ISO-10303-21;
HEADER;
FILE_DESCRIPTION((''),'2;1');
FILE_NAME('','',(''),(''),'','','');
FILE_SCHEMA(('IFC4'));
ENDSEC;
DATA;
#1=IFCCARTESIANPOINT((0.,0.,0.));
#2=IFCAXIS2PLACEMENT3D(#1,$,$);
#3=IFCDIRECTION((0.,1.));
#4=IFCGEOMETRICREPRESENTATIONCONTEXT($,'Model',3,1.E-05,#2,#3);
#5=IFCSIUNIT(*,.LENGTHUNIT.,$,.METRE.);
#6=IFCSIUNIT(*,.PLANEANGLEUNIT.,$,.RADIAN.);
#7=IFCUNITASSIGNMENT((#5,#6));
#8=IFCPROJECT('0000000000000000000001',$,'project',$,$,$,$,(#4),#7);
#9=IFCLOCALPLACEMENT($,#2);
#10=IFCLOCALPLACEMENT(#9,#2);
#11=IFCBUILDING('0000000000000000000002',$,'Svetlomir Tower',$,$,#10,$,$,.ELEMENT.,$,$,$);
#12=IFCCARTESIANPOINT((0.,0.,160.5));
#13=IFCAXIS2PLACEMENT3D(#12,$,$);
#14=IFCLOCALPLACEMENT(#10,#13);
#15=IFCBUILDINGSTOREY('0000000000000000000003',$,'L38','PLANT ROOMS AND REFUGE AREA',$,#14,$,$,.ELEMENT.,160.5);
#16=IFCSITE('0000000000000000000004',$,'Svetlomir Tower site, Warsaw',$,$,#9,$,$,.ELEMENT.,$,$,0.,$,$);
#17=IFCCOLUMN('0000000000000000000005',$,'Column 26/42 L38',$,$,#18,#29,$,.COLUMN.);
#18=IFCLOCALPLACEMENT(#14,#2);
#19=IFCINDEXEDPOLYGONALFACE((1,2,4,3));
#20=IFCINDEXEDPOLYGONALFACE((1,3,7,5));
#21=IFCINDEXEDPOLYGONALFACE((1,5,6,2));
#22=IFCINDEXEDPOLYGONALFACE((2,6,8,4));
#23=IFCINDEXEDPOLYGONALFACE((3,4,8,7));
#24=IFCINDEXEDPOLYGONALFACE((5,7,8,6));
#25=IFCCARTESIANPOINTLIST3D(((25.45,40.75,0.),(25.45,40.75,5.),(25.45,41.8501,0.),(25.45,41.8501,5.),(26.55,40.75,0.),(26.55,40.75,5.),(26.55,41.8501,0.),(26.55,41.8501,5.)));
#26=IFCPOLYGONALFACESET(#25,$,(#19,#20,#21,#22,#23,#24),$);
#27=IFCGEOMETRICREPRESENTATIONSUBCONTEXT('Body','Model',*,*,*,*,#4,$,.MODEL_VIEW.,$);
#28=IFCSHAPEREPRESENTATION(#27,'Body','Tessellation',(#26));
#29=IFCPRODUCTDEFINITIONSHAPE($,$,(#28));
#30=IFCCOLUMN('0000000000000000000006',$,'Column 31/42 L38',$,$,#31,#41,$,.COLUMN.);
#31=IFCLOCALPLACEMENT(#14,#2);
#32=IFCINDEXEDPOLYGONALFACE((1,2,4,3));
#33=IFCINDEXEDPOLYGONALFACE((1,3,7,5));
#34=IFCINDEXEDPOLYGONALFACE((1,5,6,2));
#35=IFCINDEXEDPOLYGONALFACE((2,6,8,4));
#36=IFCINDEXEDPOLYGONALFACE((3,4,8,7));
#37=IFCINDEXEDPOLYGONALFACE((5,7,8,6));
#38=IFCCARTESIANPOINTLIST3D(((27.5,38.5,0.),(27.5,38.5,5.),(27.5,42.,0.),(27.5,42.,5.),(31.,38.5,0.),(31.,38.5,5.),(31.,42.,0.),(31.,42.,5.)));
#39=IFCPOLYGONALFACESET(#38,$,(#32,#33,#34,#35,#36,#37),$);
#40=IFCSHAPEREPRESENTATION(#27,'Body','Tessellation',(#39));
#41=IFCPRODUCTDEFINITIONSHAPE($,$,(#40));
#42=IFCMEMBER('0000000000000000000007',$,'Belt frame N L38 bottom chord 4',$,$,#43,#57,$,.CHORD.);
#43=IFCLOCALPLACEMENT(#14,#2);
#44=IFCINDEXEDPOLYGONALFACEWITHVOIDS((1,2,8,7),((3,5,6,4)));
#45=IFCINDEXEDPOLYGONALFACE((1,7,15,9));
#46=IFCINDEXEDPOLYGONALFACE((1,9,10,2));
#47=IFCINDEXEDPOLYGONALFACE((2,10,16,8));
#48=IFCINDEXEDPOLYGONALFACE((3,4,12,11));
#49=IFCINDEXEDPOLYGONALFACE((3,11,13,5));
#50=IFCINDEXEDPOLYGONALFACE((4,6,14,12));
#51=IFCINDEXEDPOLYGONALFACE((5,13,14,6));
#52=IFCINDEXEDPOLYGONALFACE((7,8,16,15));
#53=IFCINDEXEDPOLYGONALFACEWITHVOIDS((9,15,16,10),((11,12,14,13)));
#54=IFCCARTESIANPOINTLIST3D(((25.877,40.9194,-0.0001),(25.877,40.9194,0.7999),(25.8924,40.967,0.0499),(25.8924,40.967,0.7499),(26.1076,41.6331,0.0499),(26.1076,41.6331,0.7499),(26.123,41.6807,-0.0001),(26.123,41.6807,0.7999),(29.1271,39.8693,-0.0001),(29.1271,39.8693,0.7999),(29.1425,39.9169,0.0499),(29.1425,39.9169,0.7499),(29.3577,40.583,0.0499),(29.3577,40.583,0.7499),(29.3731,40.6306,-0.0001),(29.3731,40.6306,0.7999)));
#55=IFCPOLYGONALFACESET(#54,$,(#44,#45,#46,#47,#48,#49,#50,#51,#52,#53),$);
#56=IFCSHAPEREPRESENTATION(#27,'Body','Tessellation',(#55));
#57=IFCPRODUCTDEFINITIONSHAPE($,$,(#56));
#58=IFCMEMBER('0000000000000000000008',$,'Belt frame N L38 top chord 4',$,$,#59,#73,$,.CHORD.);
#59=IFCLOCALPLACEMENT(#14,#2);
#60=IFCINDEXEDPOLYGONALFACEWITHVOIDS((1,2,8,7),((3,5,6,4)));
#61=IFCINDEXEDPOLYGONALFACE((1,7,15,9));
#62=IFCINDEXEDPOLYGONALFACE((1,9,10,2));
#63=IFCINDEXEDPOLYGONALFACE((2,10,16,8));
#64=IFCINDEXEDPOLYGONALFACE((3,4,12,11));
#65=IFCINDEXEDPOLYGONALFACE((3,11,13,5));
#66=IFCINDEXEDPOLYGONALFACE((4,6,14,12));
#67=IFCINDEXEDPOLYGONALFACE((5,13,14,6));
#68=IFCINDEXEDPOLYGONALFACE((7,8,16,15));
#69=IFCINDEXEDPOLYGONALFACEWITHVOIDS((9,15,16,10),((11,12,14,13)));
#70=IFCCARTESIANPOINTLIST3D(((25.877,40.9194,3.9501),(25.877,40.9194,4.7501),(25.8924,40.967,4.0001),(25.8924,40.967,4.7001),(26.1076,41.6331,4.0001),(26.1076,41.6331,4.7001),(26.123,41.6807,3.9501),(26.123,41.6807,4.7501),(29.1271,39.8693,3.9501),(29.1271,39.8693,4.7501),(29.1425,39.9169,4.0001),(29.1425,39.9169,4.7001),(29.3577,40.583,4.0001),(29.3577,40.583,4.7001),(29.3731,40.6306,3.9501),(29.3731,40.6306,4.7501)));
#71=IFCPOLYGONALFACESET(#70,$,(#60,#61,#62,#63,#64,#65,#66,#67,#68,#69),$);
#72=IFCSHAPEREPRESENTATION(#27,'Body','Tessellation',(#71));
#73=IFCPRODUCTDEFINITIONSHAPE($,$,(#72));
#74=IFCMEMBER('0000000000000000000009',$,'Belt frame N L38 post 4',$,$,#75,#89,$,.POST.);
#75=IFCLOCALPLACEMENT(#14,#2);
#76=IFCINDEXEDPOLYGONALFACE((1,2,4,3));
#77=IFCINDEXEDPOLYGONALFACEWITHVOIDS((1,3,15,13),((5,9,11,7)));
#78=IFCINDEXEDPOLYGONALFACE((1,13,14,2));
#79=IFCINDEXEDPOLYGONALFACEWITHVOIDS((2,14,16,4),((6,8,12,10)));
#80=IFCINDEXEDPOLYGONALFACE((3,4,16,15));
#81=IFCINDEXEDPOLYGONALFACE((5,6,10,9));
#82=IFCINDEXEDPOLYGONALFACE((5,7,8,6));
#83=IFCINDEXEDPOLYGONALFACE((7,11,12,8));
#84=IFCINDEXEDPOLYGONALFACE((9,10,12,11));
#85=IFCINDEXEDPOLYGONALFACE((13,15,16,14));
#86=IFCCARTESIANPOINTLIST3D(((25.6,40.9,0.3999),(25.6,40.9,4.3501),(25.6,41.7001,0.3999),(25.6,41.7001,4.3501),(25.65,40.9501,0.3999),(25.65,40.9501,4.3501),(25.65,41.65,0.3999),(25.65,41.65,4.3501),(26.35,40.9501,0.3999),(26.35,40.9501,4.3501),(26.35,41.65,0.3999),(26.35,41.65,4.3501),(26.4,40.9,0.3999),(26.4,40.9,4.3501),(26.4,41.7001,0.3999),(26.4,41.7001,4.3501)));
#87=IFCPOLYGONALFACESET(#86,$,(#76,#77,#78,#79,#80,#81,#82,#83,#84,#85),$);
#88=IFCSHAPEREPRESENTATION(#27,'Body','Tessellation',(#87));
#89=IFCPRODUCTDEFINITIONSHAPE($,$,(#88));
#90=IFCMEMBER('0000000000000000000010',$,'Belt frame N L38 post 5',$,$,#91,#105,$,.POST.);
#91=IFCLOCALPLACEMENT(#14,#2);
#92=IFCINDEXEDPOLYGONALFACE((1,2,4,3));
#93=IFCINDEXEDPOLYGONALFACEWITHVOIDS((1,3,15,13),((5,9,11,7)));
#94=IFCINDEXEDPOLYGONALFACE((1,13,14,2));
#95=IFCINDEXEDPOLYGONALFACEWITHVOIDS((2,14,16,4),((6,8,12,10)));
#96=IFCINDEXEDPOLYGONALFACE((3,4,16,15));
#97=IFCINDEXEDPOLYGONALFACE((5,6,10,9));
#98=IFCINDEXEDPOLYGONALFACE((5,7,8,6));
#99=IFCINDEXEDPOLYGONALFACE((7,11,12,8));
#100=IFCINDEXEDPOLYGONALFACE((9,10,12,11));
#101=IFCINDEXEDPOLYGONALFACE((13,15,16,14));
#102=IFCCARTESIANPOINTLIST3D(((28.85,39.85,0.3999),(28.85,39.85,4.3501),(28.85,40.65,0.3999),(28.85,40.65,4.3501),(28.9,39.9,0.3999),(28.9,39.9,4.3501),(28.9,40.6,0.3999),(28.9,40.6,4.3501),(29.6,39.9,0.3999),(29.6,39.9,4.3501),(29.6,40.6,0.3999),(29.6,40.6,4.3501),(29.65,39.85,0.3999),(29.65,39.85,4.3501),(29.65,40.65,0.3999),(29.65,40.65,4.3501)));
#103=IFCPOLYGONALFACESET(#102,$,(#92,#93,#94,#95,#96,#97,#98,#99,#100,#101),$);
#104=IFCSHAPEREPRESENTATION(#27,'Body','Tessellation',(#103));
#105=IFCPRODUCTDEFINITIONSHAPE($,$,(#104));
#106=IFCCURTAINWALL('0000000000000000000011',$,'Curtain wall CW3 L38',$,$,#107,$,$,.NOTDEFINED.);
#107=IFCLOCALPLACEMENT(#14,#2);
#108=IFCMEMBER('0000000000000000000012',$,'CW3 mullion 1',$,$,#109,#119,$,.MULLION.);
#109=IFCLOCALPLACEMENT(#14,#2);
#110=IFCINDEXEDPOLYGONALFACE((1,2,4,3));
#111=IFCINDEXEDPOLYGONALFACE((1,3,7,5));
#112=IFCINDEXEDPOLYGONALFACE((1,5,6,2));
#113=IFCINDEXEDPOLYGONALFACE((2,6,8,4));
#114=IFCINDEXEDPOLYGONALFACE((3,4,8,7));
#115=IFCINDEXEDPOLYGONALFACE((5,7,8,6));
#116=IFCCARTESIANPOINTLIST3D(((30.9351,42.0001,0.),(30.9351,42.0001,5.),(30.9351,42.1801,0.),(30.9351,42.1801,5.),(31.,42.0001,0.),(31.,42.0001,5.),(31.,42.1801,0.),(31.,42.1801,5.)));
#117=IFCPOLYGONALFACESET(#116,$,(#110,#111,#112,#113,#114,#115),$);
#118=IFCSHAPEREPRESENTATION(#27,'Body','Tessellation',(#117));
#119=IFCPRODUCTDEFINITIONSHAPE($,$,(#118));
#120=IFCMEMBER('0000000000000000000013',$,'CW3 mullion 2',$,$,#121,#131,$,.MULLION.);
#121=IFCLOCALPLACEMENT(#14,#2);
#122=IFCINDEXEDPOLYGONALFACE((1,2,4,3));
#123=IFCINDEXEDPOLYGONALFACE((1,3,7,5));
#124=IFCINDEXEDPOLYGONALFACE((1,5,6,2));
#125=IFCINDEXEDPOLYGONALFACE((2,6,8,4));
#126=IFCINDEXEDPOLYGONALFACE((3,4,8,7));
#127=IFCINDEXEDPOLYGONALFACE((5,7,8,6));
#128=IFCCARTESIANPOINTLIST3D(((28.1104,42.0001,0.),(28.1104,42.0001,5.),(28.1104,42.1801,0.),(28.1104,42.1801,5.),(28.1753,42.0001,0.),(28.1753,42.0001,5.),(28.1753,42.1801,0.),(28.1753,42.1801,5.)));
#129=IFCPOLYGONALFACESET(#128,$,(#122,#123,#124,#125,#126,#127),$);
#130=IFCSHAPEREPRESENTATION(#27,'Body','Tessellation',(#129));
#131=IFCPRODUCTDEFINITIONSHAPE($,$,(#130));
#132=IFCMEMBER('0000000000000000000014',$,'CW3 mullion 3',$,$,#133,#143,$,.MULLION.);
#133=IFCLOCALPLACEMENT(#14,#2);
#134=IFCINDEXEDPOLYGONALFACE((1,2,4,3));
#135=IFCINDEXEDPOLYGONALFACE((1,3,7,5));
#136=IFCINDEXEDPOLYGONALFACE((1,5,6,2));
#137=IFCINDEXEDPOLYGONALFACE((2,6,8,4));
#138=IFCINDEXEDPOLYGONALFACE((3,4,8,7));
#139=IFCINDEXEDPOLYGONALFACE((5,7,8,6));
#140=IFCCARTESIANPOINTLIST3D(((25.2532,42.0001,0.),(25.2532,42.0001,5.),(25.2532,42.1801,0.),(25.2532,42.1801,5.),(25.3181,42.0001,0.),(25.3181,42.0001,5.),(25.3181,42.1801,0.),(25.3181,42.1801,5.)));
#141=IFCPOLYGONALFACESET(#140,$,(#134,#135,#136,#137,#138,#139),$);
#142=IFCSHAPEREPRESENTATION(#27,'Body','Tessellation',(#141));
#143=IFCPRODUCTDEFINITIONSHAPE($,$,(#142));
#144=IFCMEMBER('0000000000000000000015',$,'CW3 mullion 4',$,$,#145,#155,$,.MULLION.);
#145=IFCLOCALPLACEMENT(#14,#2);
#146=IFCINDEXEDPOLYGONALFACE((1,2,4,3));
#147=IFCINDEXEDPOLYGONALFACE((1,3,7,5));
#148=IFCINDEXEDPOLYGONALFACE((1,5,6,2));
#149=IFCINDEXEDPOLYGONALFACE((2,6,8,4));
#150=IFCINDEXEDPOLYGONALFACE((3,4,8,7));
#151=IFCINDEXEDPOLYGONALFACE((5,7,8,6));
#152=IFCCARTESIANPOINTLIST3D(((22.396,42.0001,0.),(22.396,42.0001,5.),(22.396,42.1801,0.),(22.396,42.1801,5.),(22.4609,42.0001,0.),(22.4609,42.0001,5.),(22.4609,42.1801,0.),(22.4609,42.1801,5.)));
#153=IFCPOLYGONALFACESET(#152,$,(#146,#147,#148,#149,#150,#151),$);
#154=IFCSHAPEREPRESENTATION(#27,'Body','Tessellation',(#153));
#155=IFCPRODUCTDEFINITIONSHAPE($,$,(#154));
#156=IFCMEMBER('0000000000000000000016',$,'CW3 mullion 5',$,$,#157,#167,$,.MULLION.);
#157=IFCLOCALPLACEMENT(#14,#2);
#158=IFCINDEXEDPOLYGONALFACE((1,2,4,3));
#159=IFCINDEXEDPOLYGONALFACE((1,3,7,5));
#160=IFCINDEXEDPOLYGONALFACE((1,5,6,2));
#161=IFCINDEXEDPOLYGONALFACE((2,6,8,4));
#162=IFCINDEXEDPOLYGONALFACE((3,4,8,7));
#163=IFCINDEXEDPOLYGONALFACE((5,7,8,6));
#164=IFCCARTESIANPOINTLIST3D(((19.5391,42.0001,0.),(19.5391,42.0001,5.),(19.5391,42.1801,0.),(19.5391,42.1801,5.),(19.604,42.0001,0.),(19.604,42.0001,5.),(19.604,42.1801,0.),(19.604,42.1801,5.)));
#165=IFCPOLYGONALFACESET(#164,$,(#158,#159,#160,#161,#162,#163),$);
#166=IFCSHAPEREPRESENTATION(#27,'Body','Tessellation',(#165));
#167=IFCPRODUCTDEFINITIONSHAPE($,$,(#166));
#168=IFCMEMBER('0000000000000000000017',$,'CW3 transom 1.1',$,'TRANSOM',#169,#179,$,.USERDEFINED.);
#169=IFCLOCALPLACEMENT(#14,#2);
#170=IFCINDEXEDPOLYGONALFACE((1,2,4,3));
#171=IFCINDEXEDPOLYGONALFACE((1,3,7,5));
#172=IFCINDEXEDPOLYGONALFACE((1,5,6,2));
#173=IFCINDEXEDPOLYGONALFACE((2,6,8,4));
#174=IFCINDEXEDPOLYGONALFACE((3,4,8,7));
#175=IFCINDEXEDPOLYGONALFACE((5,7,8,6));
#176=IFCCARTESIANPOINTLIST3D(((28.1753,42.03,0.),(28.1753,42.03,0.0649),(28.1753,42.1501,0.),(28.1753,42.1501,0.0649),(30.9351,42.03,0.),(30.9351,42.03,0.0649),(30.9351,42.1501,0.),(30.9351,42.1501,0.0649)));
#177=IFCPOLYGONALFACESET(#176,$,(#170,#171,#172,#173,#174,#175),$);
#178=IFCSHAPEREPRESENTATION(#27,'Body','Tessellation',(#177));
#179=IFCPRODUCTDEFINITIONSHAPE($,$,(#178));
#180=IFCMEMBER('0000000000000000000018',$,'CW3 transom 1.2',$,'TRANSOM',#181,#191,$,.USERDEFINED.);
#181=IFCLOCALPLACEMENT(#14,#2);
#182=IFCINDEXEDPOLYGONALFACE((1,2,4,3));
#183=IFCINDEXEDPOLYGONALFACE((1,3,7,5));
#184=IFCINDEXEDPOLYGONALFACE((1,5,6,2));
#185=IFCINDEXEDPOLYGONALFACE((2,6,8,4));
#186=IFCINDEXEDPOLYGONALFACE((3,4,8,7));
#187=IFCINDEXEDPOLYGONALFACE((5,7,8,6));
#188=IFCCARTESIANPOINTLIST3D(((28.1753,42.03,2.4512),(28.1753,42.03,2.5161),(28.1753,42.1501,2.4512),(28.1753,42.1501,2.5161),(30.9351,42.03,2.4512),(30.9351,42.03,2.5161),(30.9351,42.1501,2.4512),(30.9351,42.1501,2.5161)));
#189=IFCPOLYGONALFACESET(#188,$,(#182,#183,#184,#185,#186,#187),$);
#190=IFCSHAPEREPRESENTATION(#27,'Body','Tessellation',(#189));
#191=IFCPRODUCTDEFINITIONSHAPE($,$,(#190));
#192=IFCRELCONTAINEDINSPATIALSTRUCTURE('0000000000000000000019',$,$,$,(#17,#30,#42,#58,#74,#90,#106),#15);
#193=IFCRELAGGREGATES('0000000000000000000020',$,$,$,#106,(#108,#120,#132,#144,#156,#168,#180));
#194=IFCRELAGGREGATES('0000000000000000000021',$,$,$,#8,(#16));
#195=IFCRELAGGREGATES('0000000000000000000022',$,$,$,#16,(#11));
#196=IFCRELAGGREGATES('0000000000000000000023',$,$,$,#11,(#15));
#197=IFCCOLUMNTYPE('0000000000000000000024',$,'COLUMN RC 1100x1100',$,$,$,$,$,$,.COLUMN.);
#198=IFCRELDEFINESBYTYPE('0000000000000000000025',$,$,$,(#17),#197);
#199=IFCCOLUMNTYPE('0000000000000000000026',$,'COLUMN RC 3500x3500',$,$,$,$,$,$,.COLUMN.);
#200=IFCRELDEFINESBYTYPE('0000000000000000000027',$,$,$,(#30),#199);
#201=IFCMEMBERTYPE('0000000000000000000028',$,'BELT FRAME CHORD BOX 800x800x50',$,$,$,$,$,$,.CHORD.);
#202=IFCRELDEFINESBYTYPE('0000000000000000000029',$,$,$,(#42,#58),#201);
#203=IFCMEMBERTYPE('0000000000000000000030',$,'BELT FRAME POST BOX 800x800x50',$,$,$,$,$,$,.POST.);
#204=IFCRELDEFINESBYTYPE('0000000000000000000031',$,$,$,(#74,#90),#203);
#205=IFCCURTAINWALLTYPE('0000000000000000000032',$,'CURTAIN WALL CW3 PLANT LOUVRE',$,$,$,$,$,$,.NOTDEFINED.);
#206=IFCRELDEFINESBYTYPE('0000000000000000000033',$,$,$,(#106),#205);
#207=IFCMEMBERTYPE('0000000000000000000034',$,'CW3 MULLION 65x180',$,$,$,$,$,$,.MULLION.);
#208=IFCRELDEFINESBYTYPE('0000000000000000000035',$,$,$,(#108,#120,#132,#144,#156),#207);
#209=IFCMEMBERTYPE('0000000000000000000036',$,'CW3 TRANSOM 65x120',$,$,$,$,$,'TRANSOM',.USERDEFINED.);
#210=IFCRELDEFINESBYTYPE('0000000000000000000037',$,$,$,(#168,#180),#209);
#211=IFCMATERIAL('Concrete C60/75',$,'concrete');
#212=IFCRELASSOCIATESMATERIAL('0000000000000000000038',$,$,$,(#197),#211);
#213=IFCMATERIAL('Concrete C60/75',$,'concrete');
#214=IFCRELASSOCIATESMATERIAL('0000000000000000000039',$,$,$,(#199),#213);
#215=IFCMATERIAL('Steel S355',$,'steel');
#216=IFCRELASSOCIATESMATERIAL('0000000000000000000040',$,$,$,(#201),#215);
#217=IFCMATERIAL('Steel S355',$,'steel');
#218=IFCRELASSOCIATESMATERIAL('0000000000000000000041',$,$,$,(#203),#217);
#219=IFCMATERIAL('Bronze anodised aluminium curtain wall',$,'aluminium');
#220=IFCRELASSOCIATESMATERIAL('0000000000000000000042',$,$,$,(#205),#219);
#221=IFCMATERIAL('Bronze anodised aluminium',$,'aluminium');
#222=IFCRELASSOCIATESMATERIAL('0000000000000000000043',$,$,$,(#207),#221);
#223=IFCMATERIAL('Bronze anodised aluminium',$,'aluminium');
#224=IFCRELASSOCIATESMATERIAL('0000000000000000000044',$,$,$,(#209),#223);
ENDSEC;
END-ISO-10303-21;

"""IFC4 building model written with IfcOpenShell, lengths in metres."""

from ifc_helpers import new_model, si_unit, direction, frame, origin, origin_2d, place, context, subcontext, project, spatial, rectangle, hollow_rectangle, extrude, material, material_profile, profile_set, type_object, element, aggregate, save


model = new_model("IFC4")

# Units and contexts
model_context = context("Model", 3, precision=1e-05, world=origin(), true_north=direction((0.0, 1.0)))
body_context = subcontext(model_context, "Body", "Model", "MODEL_VIEW")
ifc_project = project(units=[si_unit("LENGTHUNIT", "METRE"), si_unit("PLANEANGLEUNIT", "RADIAN")], contexts=[model_context])

# Site, building, storey
site_placement = place(None, origin())
site = spatial("IfcSite", under=ifc_project, at=site_placement, Name="Svetlomir Tower site, Warsaw", CompositionType="ELEMENT", RefElevation=0.0)
building_placement = place(site_placement, origin())
building = spatial("IfcBuilding", under=site, at=building_placement, Name="Svetlomir Tower", CompositionType="ELEMENT")
storey_placement = place(building_placement, frame((0.0, 0.0, 160.5)))
storey = spatial("IfcBuildingStorey", under=building, at=storey_placement, Name="L38", Description="PLANT ROOMS AND REFUGE AREA", CompositionType="ELEMENT", Elevation=160.5)

# Columns
ifc_material_1 = material(Name="Concrete C60/75", Category="concrete")
ifc_material_profile_1 = material_profile(ifc_material_1, rectangle(XDim=1.1001, YDim=1.1001, at=origin_2d()), Name="RC 1100x1100")
ifc_profile_set_1 = profile_set([ifc_material_profile_1], Name="Concrete C60/75")
column_type_1 = type_object("IfcColumnType", Name="COLUMN RC 1100x1100", PredefinedType="COLUMN", material=ifc_profile_set_1)
column_1_placement = place(storey_placement, frame((26.0, 41.3, 0.0), z_axis=(0.0, 0.0, 1.0), x_axis=(1.0, 0.0, 0.0)))
element("IfcColumn", 1, at=column_1_placement, inside=storey, type_object=column_type_1, Name="Column 26/42 L38", PredefinedType="COLUMN", context=body_context, shape_type="SweptSolid", body=[
    extrude(rectangle(XDim=1.1001, YDim=1.1001, at=origin_2d()), origin(), (0.0, 0.0, 1.0), 5.0),
])
ifc_material_2 = material(Name="Concrete C60/75", Category="concrete")
ifc_material_profile_2 = material_profile(ifc_material_2, rectangle(XDim=3.5, YDim=3.5, at=origin_2d()), Name="RC 3500x3500")
ifc_profile_set_2 = profile_set([ifc_material_profile_2], Name="Concrete C60/75")
column_type_2 = type_object("IfcColumnType", Name="COLUMN RC 3500x3500", PredefinedType="COLUMN", material=ifc_profile_set_2)
column_2_placement = place(storey_placement, frame((29.25, 40.25, 0.0), z_axis=(0.0, 0.0, 1.0), x_axis=(1.0, 0.0, 0.0)))
element("IfcColumn", 2, at=column_2_placement, inside=storey, type_object=column_type_2, Name="Column 31/42 L38", PredefinedType="COLUMN", context=body_context, shape_type="SweptSolid", body=[
    extrude(rectangle(XDim=3.5, YDim=3.5, at=origin_2d()), origin(), (0.0, 0.0, 1.0), 5.0),
])

# Members
ifc_material_3 = material(Name="Steel S355", Category="steel")
ifc_material_profile_3 = material_profile(ifc_material_3, hollow_rectangle(XDim=0.8, YDim=0.8, WallThickness=0.05, at=origin_2d()), Name="BOX 800x800x50")
ifc_profile_set_3 = profile_set([ifc_material_profile_3], Name="Steel S355")
member_type_1 = type_object("IfcMemberType", Name="BELT FRAME CHORD BOX 800x800x50", PredefinedType="CHORD", material=ifc_profile_set_3)
for number, where, z_axis, x_axis, name in (
    (3, (26.0, 41.3, 0.3999), (0.951566, -0.307443, 0.0), (0.307443, 0.951566, 0.0), "Belt frame N L38 bottom chord 4"),
    (4, (26.0, 41.3, 4.3501), (0.951566, -0.307443, 0.0), (0.307443, 0.951566, 0.0), "Belt frame N L38 top chord 4"),
):
    element("IfcMember", number, at=place(storey_placement, frame(where, z_axis=z_axis, x_axis=x_axis)), inside=storey, type_object=member_type_1, Name=name, PredefinedType="CHORD", context=body_context, shape_type="SweptSolid", body=[
        extrude(hollow_rectangle(XDim=0.8, YDim=0.8, WallThickness=0.05, at=origin_2d()), origin(), (0.0, 0.0, 1.0), 3.4155),
    ])
ifc_material_4 = material(Name="Steel S355", Category="steel")
ifc_material_profile_4 = material_profile(ifc_material_4, hollow_rectangle(XDim=0.8, YDim=0.8, WallThickness=0.05, at=origin_2d()), Name="BOX 800x800x50")
ifc_profile_set_4 = profile_set([ifc_material_profile_4], Name="Steel S355")
member_type_2 = type_object("IfcMemberType", Name="BELT FRAME POST BOX 800x800x50", PredefinedType="POST", material=ifc_profile_set_4)
for number, where, z_axis, x_axis, name in (
    (5, (26.0, 41.3, 0.3999), (0.0, 0.0, 1.0), (1.0, 0.0, 0.0), "Belt frame N L38 post 4"),
    (6, (29.25, 40.25, 0.3999), (0.0, 0.0, 1.0), (1.0, 0.0, 0.0), "Belt frame N L38 post 5"),
):
    element("IfcMember", number, at=place(storey_placement, frame(where, z_axis=z_axis, x_axis=x_axis)), inside=storey, type_object=member_type_2, Name=name, PredefinedType="POST", context=body_context, shape_type="SweptSolid", body=[
        extrude(hollow_rectangle(XDim=0.8, YDim=0.8, WallThickness=0.05, at=origin_2d()), origin(), (0.0, 0.0, 1.0), 3.9502),
    ])

# Curtain wall, members
ifc_material_5 = material(Name="Bronze anodised aluminium curtain wall", Category="aluminium")
curtain_wall_type = type_object("IfcCurtainWallType", Name="CURTAIN WALL CW3 PLANT LOUVRE", PredefinedType="NOTDEFINED", material=ifc_material_5)
curtain_wall_placement = place(storey_placement, origin())
curtain_wall = element("IfcCurtainWall", 7, at=curtain_wall_placement, inside=storey, type_object=curtain_wall_type, Name="Curtain wall CW3 L38", PredefinedType="NOTDEFINED")
ifc_material_6 = material(Name="Bronze anodised aluminium", Category="aluminium")
ifc_material_profile_5 = material_profile(ifc_material_6, rectangle(XDim=0.0649, YDim=0.1799, at=origin_2d()), Name="AL 65x180")
ifc_profile_set_5 = profile_set([ifc_material_profile_5], Name="Bronze anodised aluminium 6063-T6")
member_type_3 = type_object("IfcMemberType", Name="CW3 MULLION 65x180", PredefinedType="MULLION", material=ifc_profile_set_5)
member_1_placement = place(storey_placement, frame((30.9675, 42.0901, 0.0), z_axis=(0.0, 0.0, 1.0), x_axis=(-1.0, 0.0, 0.0)))
member_1 = element("IfcMember", 8, at=member_1_placement, type_object=member_type_3, Name="CW3 mullion 1", PredefinedType="MULLION", context=body_context, shape_type="SweptSolid", body=[
    extrude(rectangle(XDim=0.0649, YDim=0.1799, at=origin_2d()), origin(), (0.0, 0.0, 1.0), 5.0),
])
member_2_placement = place(storey_placement, frame((28.1428, 42.0901, 0.0), z_axis=(0.0, 0.0, 1.0), x_axis=(-1.0, 0.0, 0.0)))
member_2 = element("IfcMember", 9, at=member_2_placement, type_object=member_type_3, Name="CW3 mullion 2", PredefinedType="MULLION", context=body_context, shape_type="SweptSolid", body=[
    extrude(rectangle(XDim=0.0649, YDim=0.1799, at=origin_2d()), origin(), (0.0, 0.0, 1.0), 5.0),
])
member_3_placement = place(storey_placement, frame((25.2856, 42.0901, 0.0), z_axis=(0.0, 0.0, 1.0), x_axis=(-1.0, 0.0, 0.0)))
member_3 = element("IfcMember", 10, at=member_3_placement, type_object=member_type_3, Name="CW3 mullion 3", PredefinedType="MULLION", context=body_context, shape_type="SweptSolid", body=[
    extrude(rectangle(XDim=0.0649, YDim=0.1799, at=origin_2d()), origin(), (0.0, 0.0, 1.0), 5.0),
])
member_4_placement = place(storey_placement, frame((22.4285, 42.0901, 0.0), z_axis=(0.0, 0.0, 1.0), x_axis=(-1.0, 0.0, 0.0)))
member_4 = element("IfcMember", 11, at=member_4_placement, type_object=member_type_3, Name="CW3 mullion 4", PredefinedType="MULLION", context=body_context, shape_type="SweptSolid", body=[
    extrude(rectangle(XDim=0.0649, YDim=0.1799, at=origin_2d()), origin(), (0.0, 0.0, 1.0), 5.0),
])
member_5_placement = place(storey_placement, frame((19.5715, 42.0901, 0.0), z_axis=(0.0, 0.0, 1.0), x_axis=(-1.0, 0.0, 0.0)))
member_5 = element("IfcMember", 12, at=member_5_placement, type_object=member_type_3, Name="CW3 mullion 5", PredefinedType="MULLION", context=body_context, shape_type="SweptSolid", body=[
    extrude(rectangle(XDim=0.0649, YDim=0.1799, at=origin_2d()), origin(), (0.0, 0.0, 1.0), 5.0),
])
ifc_material_7 = material(Name="Bronze anodised aluminium", Category="aluminium")
ifc_material_profile_6 = material_profile(ifc_material_7, rectangle(XDim=0.1201, YDim=0.0649, at=origin_2d()), Name="AL 120x65")
ifc_profile_set_6 = profile_set([ifc_material_profile_6], Name="Bronze anodised aluminium 6063-T6")
member_type_4 = type_object("IfcMemberType", Name="CW3 TRANSOM 65x120", ElementType="TRANSOM", PredefinedType="USERDEFINED", material=ifc_profile_set_6)
member_6_placement = place(storey_placement, frame((30.9351, 42.0901, 0.0325), z_axis=(-1.0, 0.0, 0.0), x_axis=(0.0, -1.0, 0.0)))
member_6 = element("IfcMember", 13, at=member_6_placement, type_object=member_type_4, Name="CW3 transom 1.1", ObjectType="TRANSOM", PredefinedType="USERDEFINED", context=body_context, shape_type="SweptSolid", body=[
    extrude(rectangle(XDim=0.1201, YDim=0.0649, at=origin_2d()), origin(), (0.0, 0.0, 1.0), 2.7598),
])
member_7_placement = place(storey_placement, frame((30.9351, 42.0901, 2.4836), z_axis=(-1.0, 0.0, 0.0), x_axis=(0.0, -1.0, 0.0)))
member_7 = element("IfcMember", 14, at=member_7_placement, type_object=member_type_4, Name="CW3 transom 1.2", ObjectType="TRANSOM", PredefinedType="USERDEFINED", context=body_context, shape_type="SweptSolid", body=[
    extrude(rectangle(XDim=0.1201, YDim=0.0649, at=origin_2d()), origin(), (0.0, 0.0, 1.0), 2.7598),
])
aggregate(curtain_wall, [member_1, member_2, member_3, member_4, member_5, member_6, member_7])

save(model, "model.ifc")
